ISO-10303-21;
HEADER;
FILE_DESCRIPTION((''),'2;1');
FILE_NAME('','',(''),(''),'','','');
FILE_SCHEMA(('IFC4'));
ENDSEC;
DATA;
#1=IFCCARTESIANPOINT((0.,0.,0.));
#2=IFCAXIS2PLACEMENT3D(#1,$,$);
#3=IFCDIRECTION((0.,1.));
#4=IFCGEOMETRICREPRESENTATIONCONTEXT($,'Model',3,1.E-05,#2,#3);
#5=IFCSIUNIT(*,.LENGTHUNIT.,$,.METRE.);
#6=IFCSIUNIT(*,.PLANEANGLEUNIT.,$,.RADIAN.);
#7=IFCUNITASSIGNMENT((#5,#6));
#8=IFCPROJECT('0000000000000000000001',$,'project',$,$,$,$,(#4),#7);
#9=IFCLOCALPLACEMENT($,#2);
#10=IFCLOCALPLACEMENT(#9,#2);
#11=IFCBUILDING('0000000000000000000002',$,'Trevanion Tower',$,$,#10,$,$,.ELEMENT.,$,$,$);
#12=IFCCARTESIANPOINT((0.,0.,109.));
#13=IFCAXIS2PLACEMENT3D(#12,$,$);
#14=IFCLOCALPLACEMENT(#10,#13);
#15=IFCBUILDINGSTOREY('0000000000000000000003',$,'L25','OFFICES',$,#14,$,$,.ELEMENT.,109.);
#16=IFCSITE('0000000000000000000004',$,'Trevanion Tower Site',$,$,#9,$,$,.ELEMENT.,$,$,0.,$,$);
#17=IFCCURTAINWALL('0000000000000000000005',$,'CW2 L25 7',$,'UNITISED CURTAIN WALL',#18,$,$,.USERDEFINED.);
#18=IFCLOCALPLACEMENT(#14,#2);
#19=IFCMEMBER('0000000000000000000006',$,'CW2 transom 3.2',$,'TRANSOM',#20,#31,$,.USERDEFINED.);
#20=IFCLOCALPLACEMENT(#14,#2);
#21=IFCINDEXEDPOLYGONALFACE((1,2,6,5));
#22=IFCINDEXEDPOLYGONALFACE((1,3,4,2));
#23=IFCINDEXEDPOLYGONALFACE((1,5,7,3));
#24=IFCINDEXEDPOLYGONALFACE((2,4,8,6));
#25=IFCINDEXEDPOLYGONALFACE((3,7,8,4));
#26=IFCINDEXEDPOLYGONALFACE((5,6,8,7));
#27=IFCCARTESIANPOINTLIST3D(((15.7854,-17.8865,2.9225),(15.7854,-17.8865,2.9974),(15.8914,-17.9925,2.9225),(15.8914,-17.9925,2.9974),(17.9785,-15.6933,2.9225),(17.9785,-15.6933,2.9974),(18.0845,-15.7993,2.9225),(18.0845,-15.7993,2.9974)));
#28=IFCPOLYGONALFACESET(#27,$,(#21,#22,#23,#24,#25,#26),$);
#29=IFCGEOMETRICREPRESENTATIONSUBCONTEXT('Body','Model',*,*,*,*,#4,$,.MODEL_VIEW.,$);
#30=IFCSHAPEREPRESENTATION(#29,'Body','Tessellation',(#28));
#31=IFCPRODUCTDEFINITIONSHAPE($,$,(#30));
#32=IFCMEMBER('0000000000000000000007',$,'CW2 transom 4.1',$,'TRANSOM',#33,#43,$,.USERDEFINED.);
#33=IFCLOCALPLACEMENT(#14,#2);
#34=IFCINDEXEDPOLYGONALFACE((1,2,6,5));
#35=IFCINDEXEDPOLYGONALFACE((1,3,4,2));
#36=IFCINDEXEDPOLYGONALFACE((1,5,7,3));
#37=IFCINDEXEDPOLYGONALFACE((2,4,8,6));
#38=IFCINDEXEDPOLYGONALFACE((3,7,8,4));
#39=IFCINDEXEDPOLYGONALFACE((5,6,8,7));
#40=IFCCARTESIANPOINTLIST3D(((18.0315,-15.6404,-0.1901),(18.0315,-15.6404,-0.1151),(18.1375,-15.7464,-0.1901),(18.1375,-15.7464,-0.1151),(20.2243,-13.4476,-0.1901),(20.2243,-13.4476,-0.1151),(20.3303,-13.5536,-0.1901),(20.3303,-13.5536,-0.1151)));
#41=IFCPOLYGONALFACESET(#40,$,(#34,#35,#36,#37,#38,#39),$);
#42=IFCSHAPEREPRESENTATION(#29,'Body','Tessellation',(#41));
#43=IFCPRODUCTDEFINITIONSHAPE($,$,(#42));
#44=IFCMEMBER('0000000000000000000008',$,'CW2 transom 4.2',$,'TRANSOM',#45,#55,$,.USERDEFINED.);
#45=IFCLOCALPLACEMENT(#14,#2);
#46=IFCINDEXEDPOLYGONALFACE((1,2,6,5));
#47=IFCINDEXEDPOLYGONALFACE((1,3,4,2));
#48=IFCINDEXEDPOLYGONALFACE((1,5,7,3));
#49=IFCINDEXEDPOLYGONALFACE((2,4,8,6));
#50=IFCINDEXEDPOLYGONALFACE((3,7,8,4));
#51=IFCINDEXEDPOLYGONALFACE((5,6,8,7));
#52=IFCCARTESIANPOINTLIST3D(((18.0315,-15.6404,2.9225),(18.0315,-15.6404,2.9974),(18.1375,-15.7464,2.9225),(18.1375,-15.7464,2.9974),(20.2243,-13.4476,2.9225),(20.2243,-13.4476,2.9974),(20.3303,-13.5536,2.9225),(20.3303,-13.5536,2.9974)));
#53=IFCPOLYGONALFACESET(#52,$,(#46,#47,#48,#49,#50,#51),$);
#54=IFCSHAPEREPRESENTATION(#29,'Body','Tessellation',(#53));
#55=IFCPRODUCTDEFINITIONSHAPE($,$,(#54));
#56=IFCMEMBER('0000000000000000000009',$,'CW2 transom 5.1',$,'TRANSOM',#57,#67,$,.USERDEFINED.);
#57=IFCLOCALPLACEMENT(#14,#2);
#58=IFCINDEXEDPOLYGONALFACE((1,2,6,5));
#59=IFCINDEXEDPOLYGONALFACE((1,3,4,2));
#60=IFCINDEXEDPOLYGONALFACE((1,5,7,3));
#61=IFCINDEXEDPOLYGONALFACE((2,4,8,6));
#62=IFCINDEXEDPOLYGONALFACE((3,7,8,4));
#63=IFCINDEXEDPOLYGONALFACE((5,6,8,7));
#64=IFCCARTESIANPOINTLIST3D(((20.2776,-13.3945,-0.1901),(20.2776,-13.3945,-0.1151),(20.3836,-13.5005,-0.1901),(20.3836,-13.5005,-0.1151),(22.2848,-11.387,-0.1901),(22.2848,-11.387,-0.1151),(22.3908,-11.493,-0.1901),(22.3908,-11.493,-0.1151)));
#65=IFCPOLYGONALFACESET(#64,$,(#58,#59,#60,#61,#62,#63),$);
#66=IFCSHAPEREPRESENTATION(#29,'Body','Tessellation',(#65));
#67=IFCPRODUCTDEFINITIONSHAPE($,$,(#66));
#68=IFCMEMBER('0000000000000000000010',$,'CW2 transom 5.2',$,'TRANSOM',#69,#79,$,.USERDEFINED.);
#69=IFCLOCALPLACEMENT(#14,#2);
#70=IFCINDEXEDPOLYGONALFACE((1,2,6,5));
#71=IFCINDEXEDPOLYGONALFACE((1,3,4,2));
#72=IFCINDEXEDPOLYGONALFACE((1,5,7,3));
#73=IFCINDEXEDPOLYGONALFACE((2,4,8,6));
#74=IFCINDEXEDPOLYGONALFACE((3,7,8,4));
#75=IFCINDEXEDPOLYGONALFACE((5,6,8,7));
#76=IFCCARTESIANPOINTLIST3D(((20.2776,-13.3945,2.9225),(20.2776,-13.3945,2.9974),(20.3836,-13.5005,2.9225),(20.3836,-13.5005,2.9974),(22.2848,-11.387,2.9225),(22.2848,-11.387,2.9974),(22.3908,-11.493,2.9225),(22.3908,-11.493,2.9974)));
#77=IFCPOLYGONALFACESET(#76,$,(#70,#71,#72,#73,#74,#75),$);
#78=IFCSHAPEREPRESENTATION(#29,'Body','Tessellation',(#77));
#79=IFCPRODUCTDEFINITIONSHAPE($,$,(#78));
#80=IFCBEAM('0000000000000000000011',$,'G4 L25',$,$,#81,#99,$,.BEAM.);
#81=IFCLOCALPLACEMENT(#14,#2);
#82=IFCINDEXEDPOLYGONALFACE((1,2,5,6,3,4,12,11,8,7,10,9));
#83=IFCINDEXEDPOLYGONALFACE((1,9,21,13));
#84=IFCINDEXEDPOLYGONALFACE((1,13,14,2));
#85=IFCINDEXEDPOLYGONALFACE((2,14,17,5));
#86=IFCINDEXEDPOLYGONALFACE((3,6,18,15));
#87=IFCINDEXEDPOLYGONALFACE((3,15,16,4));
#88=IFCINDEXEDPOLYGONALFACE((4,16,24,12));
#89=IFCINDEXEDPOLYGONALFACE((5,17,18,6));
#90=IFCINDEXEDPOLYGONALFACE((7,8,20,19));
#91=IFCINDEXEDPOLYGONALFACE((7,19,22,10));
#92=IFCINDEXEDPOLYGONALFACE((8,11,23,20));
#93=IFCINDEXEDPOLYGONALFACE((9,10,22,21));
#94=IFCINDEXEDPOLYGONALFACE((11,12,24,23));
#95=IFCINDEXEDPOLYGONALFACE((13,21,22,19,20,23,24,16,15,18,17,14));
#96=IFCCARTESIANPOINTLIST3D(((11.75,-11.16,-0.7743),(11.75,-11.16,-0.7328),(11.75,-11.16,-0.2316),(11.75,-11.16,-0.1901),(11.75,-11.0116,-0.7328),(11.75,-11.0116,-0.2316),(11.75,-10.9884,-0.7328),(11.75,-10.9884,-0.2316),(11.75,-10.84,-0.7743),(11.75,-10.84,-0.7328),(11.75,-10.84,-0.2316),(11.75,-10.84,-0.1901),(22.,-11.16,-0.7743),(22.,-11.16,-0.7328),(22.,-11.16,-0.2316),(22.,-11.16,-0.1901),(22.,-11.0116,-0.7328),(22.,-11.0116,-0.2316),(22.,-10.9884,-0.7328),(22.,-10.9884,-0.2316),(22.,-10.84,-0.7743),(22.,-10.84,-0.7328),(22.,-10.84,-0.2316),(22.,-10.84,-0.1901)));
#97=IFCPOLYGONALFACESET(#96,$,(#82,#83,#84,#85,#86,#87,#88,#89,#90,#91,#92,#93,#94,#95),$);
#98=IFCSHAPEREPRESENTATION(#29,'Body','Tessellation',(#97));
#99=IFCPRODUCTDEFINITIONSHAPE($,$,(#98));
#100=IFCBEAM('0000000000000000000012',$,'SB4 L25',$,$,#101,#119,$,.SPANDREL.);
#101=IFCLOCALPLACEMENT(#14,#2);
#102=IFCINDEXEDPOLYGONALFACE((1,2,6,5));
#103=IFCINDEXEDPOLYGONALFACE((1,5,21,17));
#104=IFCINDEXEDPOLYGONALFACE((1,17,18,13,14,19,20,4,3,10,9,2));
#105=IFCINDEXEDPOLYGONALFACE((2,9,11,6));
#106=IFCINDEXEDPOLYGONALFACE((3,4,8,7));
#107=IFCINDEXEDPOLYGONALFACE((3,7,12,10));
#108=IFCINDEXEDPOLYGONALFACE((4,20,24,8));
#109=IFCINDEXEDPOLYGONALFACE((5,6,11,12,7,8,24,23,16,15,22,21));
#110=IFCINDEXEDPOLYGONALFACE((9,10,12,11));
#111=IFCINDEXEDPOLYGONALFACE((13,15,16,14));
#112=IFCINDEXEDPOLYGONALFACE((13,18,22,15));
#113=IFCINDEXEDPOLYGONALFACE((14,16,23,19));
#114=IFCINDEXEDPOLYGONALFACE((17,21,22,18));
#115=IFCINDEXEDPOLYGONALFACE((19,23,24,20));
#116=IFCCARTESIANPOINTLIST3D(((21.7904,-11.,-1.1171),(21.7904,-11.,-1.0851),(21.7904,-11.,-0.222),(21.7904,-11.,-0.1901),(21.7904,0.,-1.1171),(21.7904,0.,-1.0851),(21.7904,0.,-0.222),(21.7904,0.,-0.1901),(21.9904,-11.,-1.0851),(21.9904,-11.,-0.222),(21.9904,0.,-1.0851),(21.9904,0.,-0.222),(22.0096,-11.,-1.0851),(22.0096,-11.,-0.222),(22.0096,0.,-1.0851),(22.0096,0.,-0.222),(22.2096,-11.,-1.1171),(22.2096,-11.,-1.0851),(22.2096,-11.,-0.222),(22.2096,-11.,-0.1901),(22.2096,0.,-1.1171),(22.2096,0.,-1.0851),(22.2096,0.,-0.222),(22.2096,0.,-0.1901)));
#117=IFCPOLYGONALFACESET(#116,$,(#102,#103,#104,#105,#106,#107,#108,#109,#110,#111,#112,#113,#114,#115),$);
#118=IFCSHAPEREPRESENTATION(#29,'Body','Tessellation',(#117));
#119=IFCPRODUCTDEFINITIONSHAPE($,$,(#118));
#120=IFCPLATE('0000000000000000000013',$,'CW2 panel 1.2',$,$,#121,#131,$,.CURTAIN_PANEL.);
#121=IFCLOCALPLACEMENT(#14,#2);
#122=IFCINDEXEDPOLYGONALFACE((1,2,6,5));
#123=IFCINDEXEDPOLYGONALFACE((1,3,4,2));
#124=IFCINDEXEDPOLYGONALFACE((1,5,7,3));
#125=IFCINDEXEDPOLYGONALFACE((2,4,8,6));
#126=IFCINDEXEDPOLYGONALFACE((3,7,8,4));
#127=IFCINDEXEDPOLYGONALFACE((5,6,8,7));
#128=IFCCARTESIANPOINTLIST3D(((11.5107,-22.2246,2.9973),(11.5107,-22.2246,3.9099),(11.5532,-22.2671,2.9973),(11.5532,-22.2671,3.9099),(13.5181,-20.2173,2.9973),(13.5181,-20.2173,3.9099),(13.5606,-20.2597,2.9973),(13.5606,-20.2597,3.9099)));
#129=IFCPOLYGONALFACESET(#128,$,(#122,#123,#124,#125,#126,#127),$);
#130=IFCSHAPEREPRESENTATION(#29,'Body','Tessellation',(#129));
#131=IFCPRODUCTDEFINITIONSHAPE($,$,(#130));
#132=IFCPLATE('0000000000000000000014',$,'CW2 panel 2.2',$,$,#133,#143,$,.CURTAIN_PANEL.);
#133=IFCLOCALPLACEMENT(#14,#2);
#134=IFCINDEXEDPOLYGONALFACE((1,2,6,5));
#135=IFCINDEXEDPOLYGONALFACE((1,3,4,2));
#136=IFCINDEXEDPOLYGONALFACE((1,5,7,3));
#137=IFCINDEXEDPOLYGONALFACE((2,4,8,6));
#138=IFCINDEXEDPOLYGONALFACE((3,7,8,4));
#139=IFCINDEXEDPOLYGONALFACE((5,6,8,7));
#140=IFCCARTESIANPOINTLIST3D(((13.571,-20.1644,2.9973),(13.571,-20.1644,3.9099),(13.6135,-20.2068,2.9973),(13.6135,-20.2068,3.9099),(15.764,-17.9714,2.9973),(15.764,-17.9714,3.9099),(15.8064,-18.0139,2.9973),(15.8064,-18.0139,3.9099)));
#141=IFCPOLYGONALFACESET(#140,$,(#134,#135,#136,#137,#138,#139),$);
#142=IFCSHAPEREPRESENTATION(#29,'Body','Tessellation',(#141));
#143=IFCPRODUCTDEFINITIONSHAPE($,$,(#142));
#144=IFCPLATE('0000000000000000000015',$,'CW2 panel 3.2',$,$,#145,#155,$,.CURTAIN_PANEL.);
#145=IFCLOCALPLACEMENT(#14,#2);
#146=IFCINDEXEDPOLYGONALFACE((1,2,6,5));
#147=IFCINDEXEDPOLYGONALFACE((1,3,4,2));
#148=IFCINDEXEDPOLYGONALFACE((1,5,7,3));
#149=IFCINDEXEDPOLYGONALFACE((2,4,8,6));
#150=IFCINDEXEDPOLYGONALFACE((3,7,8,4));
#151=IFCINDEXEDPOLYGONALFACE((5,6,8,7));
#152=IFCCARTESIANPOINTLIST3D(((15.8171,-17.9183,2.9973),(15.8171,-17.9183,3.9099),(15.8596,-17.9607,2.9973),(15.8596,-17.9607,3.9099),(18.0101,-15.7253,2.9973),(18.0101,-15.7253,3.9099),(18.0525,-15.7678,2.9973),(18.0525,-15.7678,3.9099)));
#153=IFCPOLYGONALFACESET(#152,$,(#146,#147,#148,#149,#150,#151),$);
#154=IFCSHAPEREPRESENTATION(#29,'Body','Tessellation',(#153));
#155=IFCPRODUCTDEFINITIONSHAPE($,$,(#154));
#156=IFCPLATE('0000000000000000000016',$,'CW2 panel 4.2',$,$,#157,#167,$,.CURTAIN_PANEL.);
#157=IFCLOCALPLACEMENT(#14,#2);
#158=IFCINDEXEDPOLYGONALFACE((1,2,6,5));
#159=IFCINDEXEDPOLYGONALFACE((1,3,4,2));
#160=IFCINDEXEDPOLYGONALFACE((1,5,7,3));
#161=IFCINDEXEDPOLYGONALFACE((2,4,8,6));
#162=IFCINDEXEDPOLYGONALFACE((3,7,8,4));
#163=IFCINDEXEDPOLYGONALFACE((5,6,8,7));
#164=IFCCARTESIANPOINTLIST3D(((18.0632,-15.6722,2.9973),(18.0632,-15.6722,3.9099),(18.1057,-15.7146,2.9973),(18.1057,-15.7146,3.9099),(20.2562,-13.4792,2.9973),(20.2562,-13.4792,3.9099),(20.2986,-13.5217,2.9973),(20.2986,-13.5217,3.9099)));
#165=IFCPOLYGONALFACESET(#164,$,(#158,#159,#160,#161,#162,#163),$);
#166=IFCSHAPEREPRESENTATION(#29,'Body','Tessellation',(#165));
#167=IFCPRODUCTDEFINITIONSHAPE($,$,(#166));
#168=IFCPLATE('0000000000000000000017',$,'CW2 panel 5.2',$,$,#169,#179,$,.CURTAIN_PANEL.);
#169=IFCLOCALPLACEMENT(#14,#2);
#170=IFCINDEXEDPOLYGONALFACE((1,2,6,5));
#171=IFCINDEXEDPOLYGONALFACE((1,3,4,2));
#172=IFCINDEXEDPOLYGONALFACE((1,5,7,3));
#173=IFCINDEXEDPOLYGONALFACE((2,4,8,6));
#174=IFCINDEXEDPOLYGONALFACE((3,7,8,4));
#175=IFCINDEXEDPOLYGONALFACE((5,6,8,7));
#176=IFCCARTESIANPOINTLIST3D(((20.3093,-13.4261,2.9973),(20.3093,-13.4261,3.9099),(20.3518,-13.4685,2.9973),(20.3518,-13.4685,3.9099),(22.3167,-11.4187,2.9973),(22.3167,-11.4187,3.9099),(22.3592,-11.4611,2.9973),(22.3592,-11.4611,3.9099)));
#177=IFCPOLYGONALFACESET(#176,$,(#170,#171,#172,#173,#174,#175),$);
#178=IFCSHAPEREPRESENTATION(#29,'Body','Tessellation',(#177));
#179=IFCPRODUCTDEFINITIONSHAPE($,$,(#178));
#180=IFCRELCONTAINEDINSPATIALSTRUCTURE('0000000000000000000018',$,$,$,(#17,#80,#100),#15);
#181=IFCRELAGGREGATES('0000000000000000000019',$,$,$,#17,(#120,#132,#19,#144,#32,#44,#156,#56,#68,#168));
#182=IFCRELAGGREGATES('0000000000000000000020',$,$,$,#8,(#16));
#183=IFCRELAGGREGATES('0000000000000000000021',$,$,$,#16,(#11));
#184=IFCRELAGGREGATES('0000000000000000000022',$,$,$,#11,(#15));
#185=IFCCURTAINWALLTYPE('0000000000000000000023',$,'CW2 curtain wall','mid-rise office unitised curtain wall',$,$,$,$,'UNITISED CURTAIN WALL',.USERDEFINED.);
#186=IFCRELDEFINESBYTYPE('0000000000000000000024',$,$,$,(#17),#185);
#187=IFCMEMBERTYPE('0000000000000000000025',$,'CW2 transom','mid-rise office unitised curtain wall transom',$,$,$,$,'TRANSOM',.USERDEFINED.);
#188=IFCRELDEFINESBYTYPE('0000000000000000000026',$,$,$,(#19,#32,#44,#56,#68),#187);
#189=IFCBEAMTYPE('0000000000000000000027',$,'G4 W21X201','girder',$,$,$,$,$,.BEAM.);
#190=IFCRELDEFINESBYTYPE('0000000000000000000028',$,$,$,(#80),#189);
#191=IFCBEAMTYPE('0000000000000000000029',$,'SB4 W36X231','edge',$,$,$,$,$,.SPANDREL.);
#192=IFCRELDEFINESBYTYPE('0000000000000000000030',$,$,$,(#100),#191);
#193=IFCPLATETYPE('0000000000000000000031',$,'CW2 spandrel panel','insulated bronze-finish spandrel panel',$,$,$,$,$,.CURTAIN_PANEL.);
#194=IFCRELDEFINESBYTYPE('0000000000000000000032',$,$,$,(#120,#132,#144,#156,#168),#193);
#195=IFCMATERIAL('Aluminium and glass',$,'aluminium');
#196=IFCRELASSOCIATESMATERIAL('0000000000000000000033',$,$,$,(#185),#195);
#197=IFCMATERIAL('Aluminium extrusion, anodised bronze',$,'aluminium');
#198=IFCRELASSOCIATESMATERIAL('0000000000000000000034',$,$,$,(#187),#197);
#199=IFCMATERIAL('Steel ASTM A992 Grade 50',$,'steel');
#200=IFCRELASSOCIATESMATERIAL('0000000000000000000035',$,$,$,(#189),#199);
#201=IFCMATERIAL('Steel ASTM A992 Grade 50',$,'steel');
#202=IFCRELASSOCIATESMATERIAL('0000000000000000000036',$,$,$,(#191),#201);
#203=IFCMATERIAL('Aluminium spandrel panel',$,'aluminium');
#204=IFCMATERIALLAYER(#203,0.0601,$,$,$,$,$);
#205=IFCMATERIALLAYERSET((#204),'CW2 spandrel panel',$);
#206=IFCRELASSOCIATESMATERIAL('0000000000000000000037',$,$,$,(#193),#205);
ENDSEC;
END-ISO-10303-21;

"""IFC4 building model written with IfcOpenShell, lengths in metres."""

from ifc_helpers import new_model, si_unit, direction, frame, origin, origin_2d, place, context, subcontext, project, spatial, rectangle, i_section, extrude, material, layer, layer_set, material_profile, profile_set, type_object, element, aggregate, save


model = new_model("IFC4")

# Units and contexts
model_context = context("Model", 3, precision=1e-05, world=origin(), true_north=direction((0.0, 1.0)))
body_context = subcontext(model_context, "Body", "Model", "MODEL_VIEW")
ifc_project = project(units=[si_unit("LENGTHUNIT", "METRE"), si_unit("PLANEANGLEUNIT", "RADIAN")], contexts=[model_context])

# Site, building, storey
site_placement = place(None, origin())
site = spatial("IfcSite", under=ifc_project, at=site_placement, Name="Trevanion Tower Site", CompositionType="ELEMENT", RefElevation=0.0)
building_placement = place(site_placement, origin())
building = spatial("IfcBuilding", under=site, at=building_placement, Name="Trevanion Tower", CompositionType="ELEMENT")
storey_placement = place(building_placement, frame((0.0, 0.0, 109.0)))
storey = spatial("IfcBuildingStorey", under=building, at=storey_placement, Name="L25", Description="OFFICES", CompositionType="ELEMENT", Elevation=109.0)

# Curtain wall, members
ifc_material_1 = material(Name="Aluminium and glass", Category="aluminium")
curtain_wall_type = type_object("IfcCurtainWallType", Name="CW2 curtain wall", Description="mid-rise office unitised curtain wall", ElementType="UNITISED CURTAIN WALL", PredefinedType="USERDEFINED", material=ifc_material_1)
curtain_wall_placement = place(storey_placement, origin())
curtain_wall = element("IfcCurtainWall", 1, at=curtain_wall_placement, inside=storey, type_object=curtain_wall_type, Name="CW2 L25 7", ObjectType="UNITISED CURTAIN WALL", PredefinedType="USERDEFINED")
ifc_material_2 = material(Name="Aluminium extrusion, anodised bronze", Category="aluminium")
ifc_material_profile_1 = material_profile(ifc_material_2, rectangle(XDim=0.1499, YDim=0.075, at=origin_2d()), Name="CW2 transom")
ifc_profile_set_1 = profile_set([ifc_material_profile_1], Name="Aluminium extrusion, anodised bronze")
member_type_1 = type_object("IfcMemberType", Name="CW2 transom", Description="mid-rise office unitised curtain wall transom", ElementType="TRANSOM", PredefinedType="USERDEFINED", material=ifc_profile_set_1)
member_1_placement = place(storey_placement, frame((15.8384, -17.9395, 2.96), z_axis=(0.707107, 0.707107, 0.0), x_axis=(-0.707107, 0.707107, 0.0)))
member_1 = element("IfcMember", 2, at=member_1_placement, type_object=member_type_1, Name="CW2 transom 3.2", ObjectType="TRANSOM", PredefinedType="USERDEFINED", context=body_context, shape_type="SweptSolid", body=[
    extrude(rectangle(XDim=0.1499, YDim=0.075, at=origin_2d()), origin(), (0.0, 0.0, 1.0), 3.1016),
])
member_2_placement = place(storey_placement, frame((18.0845, -15.6934, -0.1526), z_axis=(0.707107, 0.707107, 0.0), x_axis=(-0.707107, 0.707107, 0.0)))
member_2 = element("IfcMember", 3, at=member_2_placement, type_object=member_type_1, Name="CW2 transom 4.1", ObjectType="TRANSOM", PredefinedType="USERDEFINED", context=body_context, shape_type="SweptSolid", body=[
    extrude(rectangle(XDim=0.1499, YDim=0.075, at=origin_2d()), origin(), (0.0, 0.0, 1.0), 3.1011),
])
member_3_placement = place(storey_placement, frame((18.0845, -15.6934, 2.96), z_axis=(0.707107, 0.707107, 0.0), x_axis=(-0.707107, 0.707107, 0.0)))
member_3 = element("IfcMember", 4, at=member_3_placement, type_object=member_type_1, Name="CW2 transom 4.2", ObjectType="TRANSOM", PredefinedType="USERDEFINED", context=body_context, shape_type="SweptSolid", body=[
    extrude(rectangle(XDim=0.1499, YDim=0.075, at=origin_2d()), origin(), (0.0, 0.0, 1.0), 3.1011),
])
member_4_placement = place(storey_placement, frame((20.3306, -13.4475, -0.1526), z_axis=(0.707064, 0.70715, 0.0), x_axis=(-0.70715, 0.707064, 0.0)))
member_4 = element("IfcMember", 5, at=member_4_placement, type_object=member_type_1, Name="CW2 transom 5.1", ObjectType="TRANSOM", PredefinedType="USERDEFINED", context=body_context, shape_type="SweptSolid", body=[
    extrude(rectangle(XDim=0.1499, YDim=0.075, at=origin_2d()), origin(), (0.0, 0.0, 1.0), 2.8389),
])
member_5_placement = place(storey_placement, frame((20.3306, -13.4475, 2.96), z_axis=(0.707064, 0.70715, 0.0), x_axis=(-0.70715, 0.707064, 0.0)))
member_5 = element("IfcMember", 6, at=member_5_placement, type_object=member_type_1, Name="CW2 transom 5.2", ObjectType="TRANSOM", PredefinedType="USERDEFINED", context=body_context, shape_type="SweptSolid", body=[
    extrude(rectangle(XDim=0.1499, YDim=0.075, at=origin_2d()), origin(), (0.0, 0.0, 1.0), 2.8389),
])

# Beams
ifc_material_3 = material(Name="Steel ASTM A992 Grade 50", Category="steel")
ifc_material_profile_2 = material_profile(ifc_material_3, i_section(OverallWidth=0.3201, OverallDepth=0.5842, WebThickness=0.0232, FlangeThickness=0.0415, at=origin_2d()), Name="W21X201")
ifc_profile_set_2 = profile_set([ifc_material_profile_2], Name="Steel ASTM A992 Grade 50")
beam_type_1 = type_object("IfcBeamType", Name="G4 W21X201", Description="girder", PredefinedType="BEAM", material=ifc_profile_set_2)
beam_1_placement = place(storey_placement, frame((11.75, -11.0, -0.4822), z_axis=(1.0, 0.0, 0.0), x_axis=(0.0, 1.0, 0.0)))
element("IfcBeam", 7, at=beam_1_placement, inside=storey, type_object=beam_type_1, Name="G4 L25", PredefinedType="BEAM", context=body_context, shape_type="SweptSolid", body=[
    extrude(i_section(OverallWidth=0.3201, OverallDepth=0.5842, WebThickness=0.0232, FlangeThickness=0.0415, at=origin_2d()), origin(), (0.0, 0.0, 1.0), 10.25),
])
ifc_material_4 = material(Name="Steel ASTM A992 Grade 50", Category="steel")
ifc_material_profile_3 = material_profile(ifc_material_4, i_section(OverallWidth=0.4192, OverallDepth=0.927, WebThickness=0.0193, FlangeThickness=0.032, at=origin_2d()), Name="W36X231")
ifc_profile_set_3 = profile_set([ifc_material_profile_3], Name="Steel ASTM A992 Grade 50")
beam_type_2 = type_object("IfcBeamType", Name="SB4 W36X231", Description="edge", PredefinedType="SPANDREL", material=ifc_profile_set_3)
beam_2_placement = place(storey_placement, frame((22.0, -11.0, -0.6536), z_axis=(0.0, 1.0, 0.0), x_axis=(-1.0, 0.0, 0.0)))
element("IfcBeam", 8, at=beam_2_placement, inside=storey, type_object=beam_type_2, Name="SB4 L25", PredefinedType="SPANDREL", context=body_context, shape_type="SweptSolid", body=[
    extrude(i_section(OverallWidth=0.4192, OverallDepth=0.927, WebThickness=0.0193, FlangeThickness=0.032, at=origin_2d()), origin(), (0.0, 0.0, 1.0), 11.0),
])

# Plates
ifc_material_5 = material(Name="Aluminium spandrel panel", Category="aluminium")
ifc_layer_1 = layer(ifc_material_5, 0.0601)
ifc_layer_set_1 = layer_set([ifc_layer_1], Name="CW2 spandrel panel")
plate_type_1 = type_object("IfcPlateType", Name="CW2 spandrel panel", Description="insulated bronze-finish spandrel panel", PredefinedType="CURTAIN_PANEL", material=ifc_layer_set_1)
plate_1_placement = place(storey_placement, frame((12.5356, -21.2422, 2.9973), z_axis=(0.0, 0.0, 1.0), x_axis=(0.707107, 0.707107, 0.0)))
plate_1 = element("IfcPlate", 9, at=plate_1_placement, type_object=plate_type_1, Name="CW2 panel 1.2", PredefinedType="CURTAIN_PANEL", context=body_context, shape_type="SweptSolid", body=[
    extrude(rectangle(XDim=2.8389, YDim=0.0601, at=origin_2d()), origin(), (0.0, 0.0, 1.0), 0.9126),
])
plate_2_placement = place(storey_placement, frame((14.6887, -19.0891, 2.9973), z_axis=(0.0, 0.0, 1.0), x_axis=(0.707107, 0.707107, 0.0)))
plate_2 = element("IfcPlate", 10, at=plate_2_placement, type_object=plate_type_1, Name="CW2 panel 2.2", PredefinedType="CURTAIN_PANEL", context=body_context, shape_type="SweptSolid", body=[
    extrude(rectangle(XDim=3.1013, YDim=0.0601, at=origin_2d()), origin(), (0.0, 0.0, 1.0), 0.9126),
])
plate_3_placement = place(storey_placement, frame((16.9348, -16.843, 2.9973), z_axis=(0.0, 0.0, 1.0), x_axis=(0.707107, 0.707107, 0.0)))
plate_3 = element("IfcPlate", 11, at=plate_3_placement, type_object=plate_type_1, Name="CW2 panel 3.2", PredefinedType="CURTAIN_PANEL", context=body_context, shape_type="SweptSolid", body=[
    extrude(rectangle(XDim=3.1013, YDim=0.0601, at=origin_2d()), origin(), (0.0, 0.0, 1.0), 0.9126),
])
plate_4_placement = place(storey_placement, frame((19.1809, -14.5969, 2.9973), z_axis=(0.0, 0.0, 1.0), x_axis=(0.707107, 0.707107, 0.0)))
plate_4 = element("IfcPlate", 12, at=plate_4_placement, type_object=plate_type_1, Name="CW2 panel 4.2", PredefinedType="CURTAIN_PANEL", context=body_context, shape_type="SweptSolid", body=[
    extrude(rectangle(XDim=3.1013, YDim=0.0601, at=origin_2d()), origin(), (0.0, 0.0, 1.0), 0.9126),
])
plate_5_placement = place(storey_placement, frame((21.3342, -12.4436, 2.9973), z_axis=(0.0, 0.0, 1.0), x_axis=(0.707107, 0.707107, 0.0)))
plate_5 = element("IfcPlate", 13, at=plate_5_placement, type_object=plate_type_1, Name="CW2 panel 5.2", PredefinedType="CURTAIN_PANEL", context=body_context, shape_type="SweptSolid", body=[
    extrude(rectangle(XDim=2.8389, YDim=0.0601, at=origin_2d()), origin(), (0.0, 0.0, 1.0), 0.9126),
])
aggregate(curtain_wall, [plate_1, plate_2, member_1, plate_3, member_2, member_3, plate_4, member_4, member_5, plate_5])

save(model, "model.ifc")
